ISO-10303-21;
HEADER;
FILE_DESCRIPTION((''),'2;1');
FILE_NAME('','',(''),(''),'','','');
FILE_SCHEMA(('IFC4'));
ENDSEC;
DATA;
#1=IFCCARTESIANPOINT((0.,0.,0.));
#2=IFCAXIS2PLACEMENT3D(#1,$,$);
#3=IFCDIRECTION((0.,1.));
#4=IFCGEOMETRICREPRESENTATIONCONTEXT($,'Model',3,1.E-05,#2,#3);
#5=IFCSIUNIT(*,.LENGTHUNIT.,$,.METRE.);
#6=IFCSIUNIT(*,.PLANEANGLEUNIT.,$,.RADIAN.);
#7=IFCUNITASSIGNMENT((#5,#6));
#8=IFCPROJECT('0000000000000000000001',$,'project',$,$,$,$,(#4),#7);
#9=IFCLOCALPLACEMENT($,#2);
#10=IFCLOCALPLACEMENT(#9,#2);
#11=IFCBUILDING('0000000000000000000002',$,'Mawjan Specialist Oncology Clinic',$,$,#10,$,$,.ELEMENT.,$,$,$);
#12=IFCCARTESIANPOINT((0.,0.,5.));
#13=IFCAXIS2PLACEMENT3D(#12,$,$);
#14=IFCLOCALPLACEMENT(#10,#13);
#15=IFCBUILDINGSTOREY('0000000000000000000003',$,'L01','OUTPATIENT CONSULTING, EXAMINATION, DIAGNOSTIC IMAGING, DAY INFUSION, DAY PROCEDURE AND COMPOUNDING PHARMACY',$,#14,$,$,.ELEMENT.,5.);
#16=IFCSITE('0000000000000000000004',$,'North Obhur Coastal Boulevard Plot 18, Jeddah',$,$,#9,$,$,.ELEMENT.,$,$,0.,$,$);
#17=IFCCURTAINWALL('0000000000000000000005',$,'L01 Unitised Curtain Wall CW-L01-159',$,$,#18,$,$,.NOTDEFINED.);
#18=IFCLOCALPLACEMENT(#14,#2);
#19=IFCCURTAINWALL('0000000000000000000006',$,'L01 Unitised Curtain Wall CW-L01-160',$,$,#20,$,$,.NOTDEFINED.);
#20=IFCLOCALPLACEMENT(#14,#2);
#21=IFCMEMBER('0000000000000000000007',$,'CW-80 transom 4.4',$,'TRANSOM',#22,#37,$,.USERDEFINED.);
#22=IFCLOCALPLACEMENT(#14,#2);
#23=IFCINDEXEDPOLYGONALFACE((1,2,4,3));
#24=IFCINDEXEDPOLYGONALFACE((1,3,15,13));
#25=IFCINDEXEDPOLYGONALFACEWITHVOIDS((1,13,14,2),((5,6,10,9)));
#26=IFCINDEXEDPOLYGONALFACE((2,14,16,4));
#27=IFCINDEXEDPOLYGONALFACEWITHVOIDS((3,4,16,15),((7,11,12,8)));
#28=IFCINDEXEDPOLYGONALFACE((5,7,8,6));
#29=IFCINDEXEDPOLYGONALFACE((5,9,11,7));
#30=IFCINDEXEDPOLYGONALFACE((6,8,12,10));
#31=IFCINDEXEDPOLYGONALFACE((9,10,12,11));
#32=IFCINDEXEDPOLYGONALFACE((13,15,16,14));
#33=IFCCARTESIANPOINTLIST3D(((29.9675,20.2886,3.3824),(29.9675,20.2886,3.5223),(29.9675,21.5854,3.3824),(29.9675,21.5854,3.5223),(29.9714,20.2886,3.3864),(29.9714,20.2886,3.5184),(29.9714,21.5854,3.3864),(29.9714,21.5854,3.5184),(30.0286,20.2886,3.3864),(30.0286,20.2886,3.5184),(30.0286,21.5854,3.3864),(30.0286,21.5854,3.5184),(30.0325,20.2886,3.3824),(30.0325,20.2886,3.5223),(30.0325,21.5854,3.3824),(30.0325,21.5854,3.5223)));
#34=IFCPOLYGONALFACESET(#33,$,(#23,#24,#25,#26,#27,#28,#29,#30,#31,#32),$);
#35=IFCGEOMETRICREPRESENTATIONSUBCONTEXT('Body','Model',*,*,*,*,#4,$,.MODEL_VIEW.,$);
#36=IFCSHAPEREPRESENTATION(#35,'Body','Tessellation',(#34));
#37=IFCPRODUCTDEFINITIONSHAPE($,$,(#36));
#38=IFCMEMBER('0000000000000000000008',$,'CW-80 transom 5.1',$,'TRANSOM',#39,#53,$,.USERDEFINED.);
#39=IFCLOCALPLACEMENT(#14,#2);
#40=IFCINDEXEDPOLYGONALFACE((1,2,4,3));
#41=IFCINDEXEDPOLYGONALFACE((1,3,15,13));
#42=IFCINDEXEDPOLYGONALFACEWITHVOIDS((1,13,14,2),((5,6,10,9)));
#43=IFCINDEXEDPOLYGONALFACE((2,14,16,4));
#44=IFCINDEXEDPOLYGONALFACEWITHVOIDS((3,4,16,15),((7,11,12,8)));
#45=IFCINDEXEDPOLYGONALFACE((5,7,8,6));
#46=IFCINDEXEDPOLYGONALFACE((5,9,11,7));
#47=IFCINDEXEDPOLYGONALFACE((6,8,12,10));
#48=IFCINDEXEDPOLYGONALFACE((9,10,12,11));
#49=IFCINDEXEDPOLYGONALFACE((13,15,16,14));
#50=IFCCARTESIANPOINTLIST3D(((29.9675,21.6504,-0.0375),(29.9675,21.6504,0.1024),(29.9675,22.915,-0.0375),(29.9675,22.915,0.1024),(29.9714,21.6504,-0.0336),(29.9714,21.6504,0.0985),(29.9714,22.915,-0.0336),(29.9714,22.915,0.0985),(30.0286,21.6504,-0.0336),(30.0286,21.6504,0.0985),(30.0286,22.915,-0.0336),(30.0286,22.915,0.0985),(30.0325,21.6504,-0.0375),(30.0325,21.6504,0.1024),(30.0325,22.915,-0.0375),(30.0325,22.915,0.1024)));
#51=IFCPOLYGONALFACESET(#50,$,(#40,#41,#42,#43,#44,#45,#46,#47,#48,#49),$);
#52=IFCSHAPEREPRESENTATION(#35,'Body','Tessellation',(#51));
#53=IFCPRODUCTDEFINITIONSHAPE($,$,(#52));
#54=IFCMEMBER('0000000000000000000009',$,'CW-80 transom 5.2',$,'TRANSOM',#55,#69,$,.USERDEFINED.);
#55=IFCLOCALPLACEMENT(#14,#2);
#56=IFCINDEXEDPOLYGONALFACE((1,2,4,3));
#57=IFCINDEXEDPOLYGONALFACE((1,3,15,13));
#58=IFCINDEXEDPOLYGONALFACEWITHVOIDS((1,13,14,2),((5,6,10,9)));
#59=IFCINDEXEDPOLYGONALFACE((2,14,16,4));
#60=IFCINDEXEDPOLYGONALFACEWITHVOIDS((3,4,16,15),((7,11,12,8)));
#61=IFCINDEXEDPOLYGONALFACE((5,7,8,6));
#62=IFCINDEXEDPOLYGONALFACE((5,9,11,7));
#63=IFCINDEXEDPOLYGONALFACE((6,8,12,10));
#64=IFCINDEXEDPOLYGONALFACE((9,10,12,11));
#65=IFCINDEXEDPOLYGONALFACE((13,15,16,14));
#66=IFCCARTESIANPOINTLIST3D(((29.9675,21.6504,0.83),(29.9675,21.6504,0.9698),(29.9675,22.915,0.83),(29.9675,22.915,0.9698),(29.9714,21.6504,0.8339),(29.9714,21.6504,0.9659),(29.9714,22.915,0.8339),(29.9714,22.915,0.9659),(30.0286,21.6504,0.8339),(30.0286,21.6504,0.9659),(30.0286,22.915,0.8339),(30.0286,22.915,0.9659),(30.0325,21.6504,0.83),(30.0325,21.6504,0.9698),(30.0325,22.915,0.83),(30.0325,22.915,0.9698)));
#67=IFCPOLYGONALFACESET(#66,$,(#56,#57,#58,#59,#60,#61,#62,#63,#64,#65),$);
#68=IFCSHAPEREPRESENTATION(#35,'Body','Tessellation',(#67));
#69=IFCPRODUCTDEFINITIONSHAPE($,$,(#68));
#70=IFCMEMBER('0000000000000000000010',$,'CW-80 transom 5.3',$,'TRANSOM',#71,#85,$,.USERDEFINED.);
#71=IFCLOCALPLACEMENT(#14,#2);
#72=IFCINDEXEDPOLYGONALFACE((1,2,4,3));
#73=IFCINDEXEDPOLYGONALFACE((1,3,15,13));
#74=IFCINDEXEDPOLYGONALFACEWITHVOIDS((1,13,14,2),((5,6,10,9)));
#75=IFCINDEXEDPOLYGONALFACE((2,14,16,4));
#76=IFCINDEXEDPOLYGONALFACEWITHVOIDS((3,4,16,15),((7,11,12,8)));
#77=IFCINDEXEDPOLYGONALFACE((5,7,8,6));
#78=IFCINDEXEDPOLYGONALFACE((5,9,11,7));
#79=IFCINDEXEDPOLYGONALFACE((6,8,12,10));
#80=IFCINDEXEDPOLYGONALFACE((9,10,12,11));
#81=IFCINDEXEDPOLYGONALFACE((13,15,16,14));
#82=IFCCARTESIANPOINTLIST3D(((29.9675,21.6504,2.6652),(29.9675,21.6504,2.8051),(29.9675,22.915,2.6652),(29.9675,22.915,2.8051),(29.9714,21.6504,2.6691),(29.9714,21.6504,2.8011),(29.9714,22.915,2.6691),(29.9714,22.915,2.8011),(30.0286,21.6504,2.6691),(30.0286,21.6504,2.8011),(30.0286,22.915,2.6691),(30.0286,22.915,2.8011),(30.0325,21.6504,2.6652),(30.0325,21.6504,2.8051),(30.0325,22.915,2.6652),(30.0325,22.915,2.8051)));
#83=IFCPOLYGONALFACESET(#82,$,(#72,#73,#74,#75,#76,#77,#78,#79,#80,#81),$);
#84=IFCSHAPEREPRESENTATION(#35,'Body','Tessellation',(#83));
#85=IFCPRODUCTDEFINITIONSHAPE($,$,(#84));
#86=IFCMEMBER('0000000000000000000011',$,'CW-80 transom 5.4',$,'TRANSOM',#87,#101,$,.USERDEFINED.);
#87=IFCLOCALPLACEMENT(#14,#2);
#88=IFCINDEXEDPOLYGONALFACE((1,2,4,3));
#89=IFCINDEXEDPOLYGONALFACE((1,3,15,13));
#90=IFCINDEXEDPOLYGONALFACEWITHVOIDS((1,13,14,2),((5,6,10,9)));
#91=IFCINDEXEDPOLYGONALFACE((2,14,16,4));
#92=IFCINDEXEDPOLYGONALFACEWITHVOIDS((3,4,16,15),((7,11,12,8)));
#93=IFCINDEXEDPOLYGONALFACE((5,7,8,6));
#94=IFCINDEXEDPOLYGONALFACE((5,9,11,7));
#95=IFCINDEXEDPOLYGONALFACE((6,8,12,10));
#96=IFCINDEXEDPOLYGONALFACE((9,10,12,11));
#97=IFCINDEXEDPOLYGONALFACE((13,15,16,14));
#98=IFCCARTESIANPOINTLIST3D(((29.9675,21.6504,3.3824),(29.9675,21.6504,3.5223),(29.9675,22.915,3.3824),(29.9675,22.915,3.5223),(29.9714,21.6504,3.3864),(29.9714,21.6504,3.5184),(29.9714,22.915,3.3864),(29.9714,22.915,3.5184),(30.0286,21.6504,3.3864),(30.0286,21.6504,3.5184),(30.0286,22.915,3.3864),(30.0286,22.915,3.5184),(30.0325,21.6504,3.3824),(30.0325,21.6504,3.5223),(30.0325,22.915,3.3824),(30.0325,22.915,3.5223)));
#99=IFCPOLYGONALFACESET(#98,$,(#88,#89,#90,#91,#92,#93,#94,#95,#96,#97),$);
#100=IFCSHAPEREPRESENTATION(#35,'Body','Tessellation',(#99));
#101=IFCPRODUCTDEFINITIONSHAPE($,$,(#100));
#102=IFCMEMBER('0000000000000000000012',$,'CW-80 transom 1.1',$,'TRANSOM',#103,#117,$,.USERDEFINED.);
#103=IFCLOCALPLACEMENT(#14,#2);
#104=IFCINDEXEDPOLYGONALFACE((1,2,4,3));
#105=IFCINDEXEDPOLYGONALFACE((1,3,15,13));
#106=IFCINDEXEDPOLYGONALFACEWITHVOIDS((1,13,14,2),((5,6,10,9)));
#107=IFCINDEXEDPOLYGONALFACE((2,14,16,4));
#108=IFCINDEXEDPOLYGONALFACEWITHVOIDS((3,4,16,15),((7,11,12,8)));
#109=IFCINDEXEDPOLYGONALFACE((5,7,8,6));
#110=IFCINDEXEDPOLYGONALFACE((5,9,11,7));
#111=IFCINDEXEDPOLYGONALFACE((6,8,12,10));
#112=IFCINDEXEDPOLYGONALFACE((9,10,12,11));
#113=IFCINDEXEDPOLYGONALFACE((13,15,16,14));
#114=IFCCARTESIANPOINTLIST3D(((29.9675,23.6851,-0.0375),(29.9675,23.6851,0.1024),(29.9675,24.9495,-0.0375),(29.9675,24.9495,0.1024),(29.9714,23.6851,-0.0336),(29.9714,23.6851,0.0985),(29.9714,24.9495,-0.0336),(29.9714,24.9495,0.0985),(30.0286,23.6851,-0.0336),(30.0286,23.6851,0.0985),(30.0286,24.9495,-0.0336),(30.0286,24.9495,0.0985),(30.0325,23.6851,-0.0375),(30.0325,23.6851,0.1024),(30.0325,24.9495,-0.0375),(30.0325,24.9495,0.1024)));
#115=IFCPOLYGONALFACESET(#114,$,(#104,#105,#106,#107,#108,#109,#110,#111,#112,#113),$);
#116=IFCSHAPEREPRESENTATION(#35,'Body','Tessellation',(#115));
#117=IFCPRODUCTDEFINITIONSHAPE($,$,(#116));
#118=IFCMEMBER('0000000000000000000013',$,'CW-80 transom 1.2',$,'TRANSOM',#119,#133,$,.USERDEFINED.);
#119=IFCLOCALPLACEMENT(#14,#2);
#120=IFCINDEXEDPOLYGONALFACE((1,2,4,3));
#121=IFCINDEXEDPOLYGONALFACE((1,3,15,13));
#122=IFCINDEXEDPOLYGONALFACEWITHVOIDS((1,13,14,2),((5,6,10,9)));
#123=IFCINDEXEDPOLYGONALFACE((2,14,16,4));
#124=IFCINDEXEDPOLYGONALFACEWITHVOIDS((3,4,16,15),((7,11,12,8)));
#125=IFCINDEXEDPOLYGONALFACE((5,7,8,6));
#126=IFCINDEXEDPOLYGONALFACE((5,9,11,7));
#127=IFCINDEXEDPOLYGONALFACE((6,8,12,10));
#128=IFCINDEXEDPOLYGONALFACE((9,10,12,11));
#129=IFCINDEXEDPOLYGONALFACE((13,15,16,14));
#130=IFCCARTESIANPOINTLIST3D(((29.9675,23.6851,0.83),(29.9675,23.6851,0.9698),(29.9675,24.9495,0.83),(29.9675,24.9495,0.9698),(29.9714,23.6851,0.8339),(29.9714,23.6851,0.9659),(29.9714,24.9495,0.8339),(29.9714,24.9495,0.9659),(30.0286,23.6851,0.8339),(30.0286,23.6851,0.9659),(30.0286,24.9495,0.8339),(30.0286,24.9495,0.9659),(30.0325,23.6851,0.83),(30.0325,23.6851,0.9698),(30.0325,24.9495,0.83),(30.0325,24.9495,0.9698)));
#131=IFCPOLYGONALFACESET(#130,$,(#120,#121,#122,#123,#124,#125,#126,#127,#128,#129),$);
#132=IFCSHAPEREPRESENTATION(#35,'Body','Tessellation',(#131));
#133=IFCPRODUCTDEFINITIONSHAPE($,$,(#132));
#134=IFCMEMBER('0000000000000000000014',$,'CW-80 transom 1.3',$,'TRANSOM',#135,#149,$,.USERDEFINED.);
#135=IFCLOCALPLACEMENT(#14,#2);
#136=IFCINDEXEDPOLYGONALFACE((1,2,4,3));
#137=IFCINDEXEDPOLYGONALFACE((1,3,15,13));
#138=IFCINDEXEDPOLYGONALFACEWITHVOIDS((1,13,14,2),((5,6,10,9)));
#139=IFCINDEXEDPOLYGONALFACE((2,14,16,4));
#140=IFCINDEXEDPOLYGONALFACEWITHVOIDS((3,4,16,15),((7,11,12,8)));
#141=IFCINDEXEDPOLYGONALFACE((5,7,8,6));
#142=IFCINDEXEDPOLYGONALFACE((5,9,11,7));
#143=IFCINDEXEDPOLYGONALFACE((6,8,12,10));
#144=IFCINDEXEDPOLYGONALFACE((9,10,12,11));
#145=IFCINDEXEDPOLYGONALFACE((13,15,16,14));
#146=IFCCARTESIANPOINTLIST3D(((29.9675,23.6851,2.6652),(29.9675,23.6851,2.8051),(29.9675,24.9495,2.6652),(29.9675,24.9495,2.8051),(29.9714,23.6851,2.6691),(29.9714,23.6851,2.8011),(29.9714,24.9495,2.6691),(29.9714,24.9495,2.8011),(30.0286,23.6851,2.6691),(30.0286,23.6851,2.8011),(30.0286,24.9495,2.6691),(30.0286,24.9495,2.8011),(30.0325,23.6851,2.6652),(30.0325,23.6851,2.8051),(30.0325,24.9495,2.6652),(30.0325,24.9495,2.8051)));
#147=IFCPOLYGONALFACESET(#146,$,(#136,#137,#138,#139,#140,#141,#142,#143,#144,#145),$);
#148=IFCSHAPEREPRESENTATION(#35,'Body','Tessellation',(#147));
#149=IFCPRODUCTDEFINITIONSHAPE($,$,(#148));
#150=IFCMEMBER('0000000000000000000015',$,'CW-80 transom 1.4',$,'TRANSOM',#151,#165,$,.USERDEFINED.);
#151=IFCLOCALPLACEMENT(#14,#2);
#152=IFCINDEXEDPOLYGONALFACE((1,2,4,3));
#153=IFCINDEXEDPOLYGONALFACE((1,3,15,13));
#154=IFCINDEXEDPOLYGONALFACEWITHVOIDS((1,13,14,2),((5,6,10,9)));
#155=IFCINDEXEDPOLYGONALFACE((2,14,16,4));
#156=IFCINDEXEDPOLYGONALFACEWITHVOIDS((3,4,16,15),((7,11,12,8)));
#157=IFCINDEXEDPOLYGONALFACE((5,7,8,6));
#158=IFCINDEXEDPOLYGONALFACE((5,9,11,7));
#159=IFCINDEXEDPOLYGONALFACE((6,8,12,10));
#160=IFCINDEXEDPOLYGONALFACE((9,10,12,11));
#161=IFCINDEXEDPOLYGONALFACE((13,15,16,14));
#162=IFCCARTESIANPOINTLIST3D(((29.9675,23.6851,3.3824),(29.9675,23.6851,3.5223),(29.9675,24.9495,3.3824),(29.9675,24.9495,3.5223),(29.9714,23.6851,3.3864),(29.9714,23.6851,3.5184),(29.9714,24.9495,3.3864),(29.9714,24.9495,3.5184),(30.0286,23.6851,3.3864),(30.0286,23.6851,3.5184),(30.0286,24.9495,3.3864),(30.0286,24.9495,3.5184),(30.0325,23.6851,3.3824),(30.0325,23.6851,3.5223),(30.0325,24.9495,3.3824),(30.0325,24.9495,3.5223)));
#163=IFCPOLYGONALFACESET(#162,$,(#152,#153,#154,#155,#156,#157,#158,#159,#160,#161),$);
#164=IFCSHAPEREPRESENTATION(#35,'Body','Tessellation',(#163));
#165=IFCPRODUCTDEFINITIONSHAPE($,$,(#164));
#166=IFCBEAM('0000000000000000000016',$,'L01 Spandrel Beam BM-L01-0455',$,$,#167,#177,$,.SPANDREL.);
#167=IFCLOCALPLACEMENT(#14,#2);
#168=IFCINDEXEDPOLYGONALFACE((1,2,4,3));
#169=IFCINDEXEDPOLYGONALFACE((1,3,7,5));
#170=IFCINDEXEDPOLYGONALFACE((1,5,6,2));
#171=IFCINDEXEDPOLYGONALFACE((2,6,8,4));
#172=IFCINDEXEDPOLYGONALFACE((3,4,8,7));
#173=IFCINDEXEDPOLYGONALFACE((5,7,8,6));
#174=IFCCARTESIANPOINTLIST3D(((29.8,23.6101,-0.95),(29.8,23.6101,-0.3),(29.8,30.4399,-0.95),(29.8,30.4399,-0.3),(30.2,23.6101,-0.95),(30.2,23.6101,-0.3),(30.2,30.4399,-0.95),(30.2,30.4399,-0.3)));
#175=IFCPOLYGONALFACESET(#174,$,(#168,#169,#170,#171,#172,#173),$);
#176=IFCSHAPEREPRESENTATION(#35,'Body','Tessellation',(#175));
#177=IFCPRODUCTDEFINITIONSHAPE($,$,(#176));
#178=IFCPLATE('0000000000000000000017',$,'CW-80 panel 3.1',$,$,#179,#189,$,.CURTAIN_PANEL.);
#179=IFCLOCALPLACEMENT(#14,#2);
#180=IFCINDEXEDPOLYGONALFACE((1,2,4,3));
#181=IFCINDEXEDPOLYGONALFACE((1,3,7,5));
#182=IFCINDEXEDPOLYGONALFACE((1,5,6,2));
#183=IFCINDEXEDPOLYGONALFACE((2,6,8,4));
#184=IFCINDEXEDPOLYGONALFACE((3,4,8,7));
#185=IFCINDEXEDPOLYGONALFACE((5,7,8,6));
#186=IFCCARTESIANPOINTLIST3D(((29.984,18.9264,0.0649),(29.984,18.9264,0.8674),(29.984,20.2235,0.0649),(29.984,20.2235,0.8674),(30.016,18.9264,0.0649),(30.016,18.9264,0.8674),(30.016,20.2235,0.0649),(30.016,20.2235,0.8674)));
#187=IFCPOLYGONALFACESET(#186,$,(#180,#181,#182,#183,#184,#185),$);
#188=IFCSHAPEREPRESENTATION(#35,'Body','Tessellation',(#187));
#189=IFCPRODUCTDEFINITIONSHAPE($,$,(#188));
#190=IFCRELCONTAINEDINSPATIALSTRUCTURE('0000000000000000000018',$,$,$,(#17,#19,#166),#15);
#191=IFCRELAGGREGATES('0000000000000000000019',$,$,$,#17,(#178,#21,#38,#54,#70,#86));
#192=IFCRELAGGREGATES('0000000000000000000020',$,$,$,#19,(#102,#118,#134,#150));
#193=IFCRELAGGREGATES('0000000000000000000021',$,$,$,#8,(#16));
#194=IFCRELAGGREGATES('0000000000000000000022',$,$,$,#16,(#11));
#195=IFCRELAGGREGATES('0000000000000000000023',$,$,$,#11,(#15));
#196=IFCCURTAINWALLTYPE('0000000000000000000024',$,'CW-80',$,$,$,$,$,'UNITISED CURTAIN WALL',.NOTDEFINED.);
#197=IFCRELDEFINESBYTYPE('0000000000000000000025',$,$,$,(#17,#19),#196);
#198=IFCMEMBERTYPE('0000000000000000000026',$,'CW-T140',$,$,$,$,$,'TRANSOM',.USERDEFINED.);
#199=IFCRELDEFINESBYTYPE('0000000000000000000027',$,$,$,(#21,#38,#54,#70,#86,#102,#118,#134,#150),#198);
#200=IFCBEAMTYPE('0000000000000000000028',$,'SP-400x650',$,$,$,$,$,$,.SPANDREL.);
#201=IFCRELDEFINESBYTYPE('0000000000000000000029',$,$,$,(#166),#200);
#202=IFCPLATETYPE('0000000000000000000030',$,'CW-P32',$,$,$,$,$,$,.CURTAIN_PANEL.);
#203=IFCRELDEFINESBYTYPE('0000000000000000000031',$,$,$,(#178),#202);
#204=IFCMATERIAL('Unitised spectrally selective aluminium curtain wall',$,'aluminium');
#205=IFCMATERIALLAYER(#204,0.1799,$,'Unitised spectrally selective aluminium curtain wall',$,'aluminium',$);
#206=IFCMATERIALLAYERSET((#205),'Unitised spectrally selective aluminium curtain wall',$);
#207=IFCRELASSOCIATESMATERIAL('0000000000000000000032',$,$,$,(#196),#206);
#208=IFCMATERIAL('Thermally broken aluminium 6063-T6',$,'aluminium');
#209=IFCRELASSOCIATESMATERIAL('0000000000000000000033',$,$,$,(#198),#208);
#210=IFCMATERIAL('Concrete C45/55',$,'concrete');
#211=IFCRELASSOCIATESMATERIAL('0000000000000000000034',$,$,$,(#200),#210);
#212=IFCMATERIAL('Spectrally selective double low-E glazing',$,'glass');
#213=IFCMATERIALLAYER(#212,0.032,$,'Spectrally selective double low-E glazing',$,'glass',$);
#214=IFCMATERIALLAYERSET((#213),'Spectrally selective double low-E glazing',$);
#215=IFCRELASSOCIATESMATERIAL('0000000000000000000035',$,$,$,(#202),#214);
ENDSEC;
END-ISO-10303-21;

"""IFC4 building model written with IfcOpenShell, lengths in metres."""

from ifc_helpers import new_model, si_unit, direction, frame, origin, origin_2d, place, context, subcontext, project, spatial, rectangle, hollow_rectangle, extrude, material, layer, layer_set, material_profile, profile_set, type_object, element, aggregate, save


model = new_model("IFC4")

# Units and contexts
model_context = context("Model", 3, precision=1e-05, world=origin(), true_north=direction((0.0, 1.0)))
body_context = subcontext(model_context, "Body", "Model", "MODEL_VIEW")
ifc_project = project(units=[si_unit("LENGTHUNIT", "METRE"), si_unit("PLANEANGLEUNIT", "RADIAN")], contexts=[model_context])

# Site, building, storey
site_placement = place(None, origin())
site = spatial("IfcSite", under=ifc_project, at=site_placement, Name="North Obhur Coastal Boulevard Plot 18, Jeddah", CompositionType="ELEMENT", RefElevation=0.0)
building_placement = place(site_placement, origin())
building = spatial("IfcBuilding", under=site, at=building_placement, Name="Mawjan Specialist Oncology Clinic", CompositionType="ELEMENT")
storey_placement = place(building_placement, frame((0.0, 0.0, 5.0)))
storey = spatial("IfcBuildingStorey", under=building, at=storey_placement, Name="L01", Description="OUTPATIENT CONSULTING, EXAMINATION, DIAGNOSTIC IMAGING, DAY INFUSION, DAY PROCEDURE AND COMPOUNDING PHARMACY", CompositionType="ELEMENT", Elevation=5.0)

# Curtain wall
ifc_material_1 = material(Name="Unitised spectrally selective aluminium curtain wall", Category="aluminium")
ifc_layer_1 = layer(ifc_material_1, 0.1799, Name="Unitised spectrally selective aluminium curtain wall", Category="aluminium")
ifc_layer_set_1 = layer_set([ifc_layer_1], Name="Unitised spectrally selective aluminium curtain wall")
curtain_wall_type = type_object("IfcCurtainWallType", Name="CW-80", ElementType="UNITISED CURTAIN WALL", PredefinedType="NOTDEFINED", material=ifc_layer_set_1)
curtain_wall_1_placement = place(storey_placement, origin())
curtain_wall_1 = element("IfcCurtainWall", 1, at=curtain_wall_1_placement, inside=storey, type_object=curtain_wall_type, Name="L01 Unitised Curtain Wall CW-L01-159", PredefinedType="NOTDEFINED")

# Curtain wall
curtain_wall_2_placement = place(storey_placement, origin())
curtain_wall_2 = element("IfcCurtainWall", 2, at=curtain_wall_2_placement, inside=storey, type_object=curtain_wall_type, Name="L01 Unitised Curtain Wall CW-L01-160", PredefinedType="NOTDEFINED")

# Members
ifc_material_2 = material(Name="Thermally broken aluminium 6063-T6", Category="aluminium")
ifc_material_profile_1 = material_profile(ifc_material_2, hollow_rectangle(XDim=0.0649, YDim=0.1399, WallThickness=0.0039, at=origin_2d()), Name="ALU TRANSOM 140x65x4", Category="aluminium")
ifc_profile_set_1 = profile_set([ifc_material_profile_1], Name="Thermally broken aluminium 6063-T6")
member_type_1 = type_object("IfcMemberType", Name="CW-T140", ElementType="TRANSOM", PredefinedType="USERDEFINED", material=ifc_profile_set_1)
member_1_placement = place(storey_placement, frame((30.0, 20.2886, 3.4524), z_axis=(0.0, 1.0, 0.0), x_axis=(-1.0, 0.0, 0.0)))
member_1 = element("IfcMember", 3, at=member_1_placement, type_object=member_type_1, Name="CW-80 transom 4.4", ObjectType="TRANSOM", PredefinedType="USERDEFINED", context=body_context, shape_type="SweptSolid", body=[
    extrude(hollow_rectangle(XDim=0.0649, YDim=0.1399, WallThickness=0.0039, at=origin_2d()), origin(), (0.0, 0.0, 1.0), 1.2969),
])
member_2_placement = place(storey_placement, frame((30.0, 21.6504, 0.0325), z_axis=(0.0, 1.0, 0.0), x_axis=(-1.0, 0.0, 0.0)))
member_2 = element("IfcMember", 4, at=member_2_placement, type_object=member_type_1, Name="CW-80 transom 5.1", ObjectType="TRANSOM", PredefinedType="USERDEFINED", context=body_context, shape_type="SweptSolid", body=[
    extrude(hollow_rectangle(XDim=0.0649, YDim=0.1399, WallThickness=0.0039, at=origin_2d()), origin(), (0.0, 0.0, 1.0), 1.2646),
])
member_3_placement = place(storey_placement, frame((30.0, 21.6504, 0.8999), z_axis=(0.0, 1.0, 0.0), x_axis=(-1.0, 0.0, 0.0)))
member_3 = element("IfcMember", 5, at=member_3_placement, type_object=member_type_1, Name="CW-80 transom 5.2", ObjectType="TRANSOM", PredefinedType="USERDEFINED", context=body_context, shape_type="SweptSolid", body=[
    extrude(hollow_rectangle(XDim=0.0649, YDim=0.1399, WallThickness=0.0039, at=origin_2d()), origin(), (0.0, 0.0, 1.0), 1.2646),
])
member_4_placement = place(storey_placement, frame((30.0, 21.6504, 2.7351), z_axis=(0.0, 1.0, 0.0), x_axis=(-1.0, 0.0, 0.0)))
member_4 = element("IfcMember", 6, at=member_4_placement, type_object=member_type_1, Name="CW-80 transom 5.3", ObjectType="TRANSOM", PredefinedType="USERDEFINED", context=body_context, shape_type="SweptSolid", body=[
    extrude(hollow_rectangle(XDim=0.0649, YDim=0.1399, WallThickness=0.0039, at=origin_2d()), origin(), (0.0, 0.0, 1.0), 1.2646),
])
member_5_placement = place(storey_placement, frame((30.0, 21.6504, 3.4524), z_axis=(0.0, 1.0, 0.0), x_axis=(-1.0, 0.0, 0.0)))
member_5 = element("IfcMember", 7, at=member_5_placement, type_object=member_type_1, Name="CW-80 transom 5.4", ObjectType="TRANSOM", PredefinedType="USERDEFINED", context=body_context, shape_type="SweptSolid", body=[
    extrude(hollow_rectangle(XDim=0.0649, YDim=0.1399, WallThickness=0.0039, at=origin_2d()), origin(), (0.0, 0.0, 1.0), 1.2646),
])
member_6_placement = place(storey_placement, frame((30.0, 23.6851, 0.0325), z_axis=(0.0, 1.0, 0.0), x_axis=(-1.0, 0.0, 0.0)))
member_6 = element("IfcMember", 8, at=member_6_placement, type_object=member_type_1, Name="CW-80 transom 1.1", ObjectType="TRANSOM", PredefinedType="USERDEFINED", context=body_context, shape_type="SweptSolid", body=[
    extrude(hollow_rectangle(XDim=0.0649, YDim=0.1399, WallThickness=0.0039, at=origin_2d()), origin(), (0.0, 0.0, 1.0), 1.2644),
])
member_7_placement = place(storey_placement, frame((30.0, 23.6851, 0.8999), z_axis=(0.0, 1.0, 0.0), x_axis=(-1.0, 0.0, 0.0)))
member_7 = element("IfcMember", 9, at=member_7_placement, type_object=member_type_1, Name="CW-80 transom 1.2", ObjectType="TRANSOM", PredefinedType="USERDEFINED", context=body_context, shape_type="SweptSolid", body=[
    extrude(hollow_rectangle(XDim=0.0649, YDim=0.1399, WallThickness=0.0039, at=origin_2d()), origin(), (0.0, 0.0, 1.0), 1.2644),
])
member_8_placement = place(storey_placement, frame((30.0, 23.6851, 2.7351), z_axis=(0.0, 1.0, 0.0), x_axis=(-1.0, 0.0, 0.0)))
member_8 = element("IfcMember", 10, at=member_8_placement, type_object=member_type_1, Name="CW-80 transom 1.3", ObjectType="TRANSOM", PredefinedType="USERDEFINED", context=body_context, shape_type="SweptSolid", body=[
    extrude(hollow_rectangle(XDim=0.0649, YDim=0.1399, WallThickness=0.0039, at=origin_2d()), origin(), (0.0, 0.0, 1.0), 1.2644),
])
member_9_placement = place(storey_placement, frame((30.0, 23.6851, 3.4524), z_axis=(0.0, 1.0, 0.0), x_axis=(-1.0, 0.0, 0.0)))
member_9 = element("IfcMember", 11, at=member_9_placement, type_object=member_type_1, Name="CW-80 transom 1.4", ObjectType="TRANSOM", PredefinedType="USERDEFINED", context=body_context, shape_type="SweptSolid", body=[
    extrude(hollow_rectangle(XDim=0.0649, YDim=0.1399, WallThickness=0.0039, at=origin_2d()), origin(), (0.0, 0.0, 1.0), 1.2644),
])

# Beam
ifc_material_3 = material(Name="Concrete C45/55", Category="concrete")
ifc_material_profile_2 = material_profile(ifc_material_3, rectangle(XDim=0.3999, YDim=0.6499, at=origin_2d()), Name="RC BM 400x650", Category="concrete")
ifc_profile_set_2 = profile_set([ifc_material_profile_2], Name="Concrete C45/55")
beam_type = type_object("IfcBeamType", Name="SP-400x650", PredefinedType="SPANDREL", material=ifc_profile_set_2)
beam_placement = place(storey_placement, frame((30.0, 23.6101, -0.625), z_axis=(0.0, 1.0, 0.0), x_axis=(-1.0, 0.0, 0.0)))
element("IfcBeam", 12, at=beam_placement, inside=storey, type_object=beam_type, Name="L01 Spandrel Beam BM-L01-0455", PredefinedType="SPANDREL", context=body_context, shape_type="SweptSolid", body=[
    extrude(rectangle(XDim=0.3999, YDim=0.6499, at=origin_2d()), origin(), (0.0, 0.0, 1.0), 6.8298),
])

# Plate
ifc_material_4 = material(Name="Spectrally selective double low-E glazing", Category="glass")
ifc_layer_2 = layer(ifc_material_4, 0.032, Name="Spectrally selective double low-E glazing", Category="glass")
ifc_layer_set_2 = layer_set([ifc_layer_2], Name="Spectrally selective double low-E glazing")
plate_type = type_object("IfcPlateType", Name="CW-P32", PredefinedType="CURTAIN_PANEL", material=ifc_layer_set_2)
plate_1_placement = place(storey_placement, frame((30.0, 19.575, 0.0649), z_axis=(0.0, 0.0, 1.0), x_axis=(0.0, 1.0, 0.0)))
plate_1 = element("IfcPlate", 13, at=plate_1_placement, type_object=plate_type, Name="CW-80 panel 3.1", PredefinedType="CURTAIN_PANEL", context=body_context, shape_type="SweptSolid", body=[
    extrude(rectangle(XDim=1.2971, YDim=0.032, at=origin_2d()), origin(), (0.0, 0.0, 1.0), 0.8025),
])
aggregate(curtain_wall_1, [plate_1, member_1, member_2, member_3, member_4, member_5])
aggregate(curtain_wall_2, [member_6, member_7, member_8, member_9])

save(model, "model.ifc")
